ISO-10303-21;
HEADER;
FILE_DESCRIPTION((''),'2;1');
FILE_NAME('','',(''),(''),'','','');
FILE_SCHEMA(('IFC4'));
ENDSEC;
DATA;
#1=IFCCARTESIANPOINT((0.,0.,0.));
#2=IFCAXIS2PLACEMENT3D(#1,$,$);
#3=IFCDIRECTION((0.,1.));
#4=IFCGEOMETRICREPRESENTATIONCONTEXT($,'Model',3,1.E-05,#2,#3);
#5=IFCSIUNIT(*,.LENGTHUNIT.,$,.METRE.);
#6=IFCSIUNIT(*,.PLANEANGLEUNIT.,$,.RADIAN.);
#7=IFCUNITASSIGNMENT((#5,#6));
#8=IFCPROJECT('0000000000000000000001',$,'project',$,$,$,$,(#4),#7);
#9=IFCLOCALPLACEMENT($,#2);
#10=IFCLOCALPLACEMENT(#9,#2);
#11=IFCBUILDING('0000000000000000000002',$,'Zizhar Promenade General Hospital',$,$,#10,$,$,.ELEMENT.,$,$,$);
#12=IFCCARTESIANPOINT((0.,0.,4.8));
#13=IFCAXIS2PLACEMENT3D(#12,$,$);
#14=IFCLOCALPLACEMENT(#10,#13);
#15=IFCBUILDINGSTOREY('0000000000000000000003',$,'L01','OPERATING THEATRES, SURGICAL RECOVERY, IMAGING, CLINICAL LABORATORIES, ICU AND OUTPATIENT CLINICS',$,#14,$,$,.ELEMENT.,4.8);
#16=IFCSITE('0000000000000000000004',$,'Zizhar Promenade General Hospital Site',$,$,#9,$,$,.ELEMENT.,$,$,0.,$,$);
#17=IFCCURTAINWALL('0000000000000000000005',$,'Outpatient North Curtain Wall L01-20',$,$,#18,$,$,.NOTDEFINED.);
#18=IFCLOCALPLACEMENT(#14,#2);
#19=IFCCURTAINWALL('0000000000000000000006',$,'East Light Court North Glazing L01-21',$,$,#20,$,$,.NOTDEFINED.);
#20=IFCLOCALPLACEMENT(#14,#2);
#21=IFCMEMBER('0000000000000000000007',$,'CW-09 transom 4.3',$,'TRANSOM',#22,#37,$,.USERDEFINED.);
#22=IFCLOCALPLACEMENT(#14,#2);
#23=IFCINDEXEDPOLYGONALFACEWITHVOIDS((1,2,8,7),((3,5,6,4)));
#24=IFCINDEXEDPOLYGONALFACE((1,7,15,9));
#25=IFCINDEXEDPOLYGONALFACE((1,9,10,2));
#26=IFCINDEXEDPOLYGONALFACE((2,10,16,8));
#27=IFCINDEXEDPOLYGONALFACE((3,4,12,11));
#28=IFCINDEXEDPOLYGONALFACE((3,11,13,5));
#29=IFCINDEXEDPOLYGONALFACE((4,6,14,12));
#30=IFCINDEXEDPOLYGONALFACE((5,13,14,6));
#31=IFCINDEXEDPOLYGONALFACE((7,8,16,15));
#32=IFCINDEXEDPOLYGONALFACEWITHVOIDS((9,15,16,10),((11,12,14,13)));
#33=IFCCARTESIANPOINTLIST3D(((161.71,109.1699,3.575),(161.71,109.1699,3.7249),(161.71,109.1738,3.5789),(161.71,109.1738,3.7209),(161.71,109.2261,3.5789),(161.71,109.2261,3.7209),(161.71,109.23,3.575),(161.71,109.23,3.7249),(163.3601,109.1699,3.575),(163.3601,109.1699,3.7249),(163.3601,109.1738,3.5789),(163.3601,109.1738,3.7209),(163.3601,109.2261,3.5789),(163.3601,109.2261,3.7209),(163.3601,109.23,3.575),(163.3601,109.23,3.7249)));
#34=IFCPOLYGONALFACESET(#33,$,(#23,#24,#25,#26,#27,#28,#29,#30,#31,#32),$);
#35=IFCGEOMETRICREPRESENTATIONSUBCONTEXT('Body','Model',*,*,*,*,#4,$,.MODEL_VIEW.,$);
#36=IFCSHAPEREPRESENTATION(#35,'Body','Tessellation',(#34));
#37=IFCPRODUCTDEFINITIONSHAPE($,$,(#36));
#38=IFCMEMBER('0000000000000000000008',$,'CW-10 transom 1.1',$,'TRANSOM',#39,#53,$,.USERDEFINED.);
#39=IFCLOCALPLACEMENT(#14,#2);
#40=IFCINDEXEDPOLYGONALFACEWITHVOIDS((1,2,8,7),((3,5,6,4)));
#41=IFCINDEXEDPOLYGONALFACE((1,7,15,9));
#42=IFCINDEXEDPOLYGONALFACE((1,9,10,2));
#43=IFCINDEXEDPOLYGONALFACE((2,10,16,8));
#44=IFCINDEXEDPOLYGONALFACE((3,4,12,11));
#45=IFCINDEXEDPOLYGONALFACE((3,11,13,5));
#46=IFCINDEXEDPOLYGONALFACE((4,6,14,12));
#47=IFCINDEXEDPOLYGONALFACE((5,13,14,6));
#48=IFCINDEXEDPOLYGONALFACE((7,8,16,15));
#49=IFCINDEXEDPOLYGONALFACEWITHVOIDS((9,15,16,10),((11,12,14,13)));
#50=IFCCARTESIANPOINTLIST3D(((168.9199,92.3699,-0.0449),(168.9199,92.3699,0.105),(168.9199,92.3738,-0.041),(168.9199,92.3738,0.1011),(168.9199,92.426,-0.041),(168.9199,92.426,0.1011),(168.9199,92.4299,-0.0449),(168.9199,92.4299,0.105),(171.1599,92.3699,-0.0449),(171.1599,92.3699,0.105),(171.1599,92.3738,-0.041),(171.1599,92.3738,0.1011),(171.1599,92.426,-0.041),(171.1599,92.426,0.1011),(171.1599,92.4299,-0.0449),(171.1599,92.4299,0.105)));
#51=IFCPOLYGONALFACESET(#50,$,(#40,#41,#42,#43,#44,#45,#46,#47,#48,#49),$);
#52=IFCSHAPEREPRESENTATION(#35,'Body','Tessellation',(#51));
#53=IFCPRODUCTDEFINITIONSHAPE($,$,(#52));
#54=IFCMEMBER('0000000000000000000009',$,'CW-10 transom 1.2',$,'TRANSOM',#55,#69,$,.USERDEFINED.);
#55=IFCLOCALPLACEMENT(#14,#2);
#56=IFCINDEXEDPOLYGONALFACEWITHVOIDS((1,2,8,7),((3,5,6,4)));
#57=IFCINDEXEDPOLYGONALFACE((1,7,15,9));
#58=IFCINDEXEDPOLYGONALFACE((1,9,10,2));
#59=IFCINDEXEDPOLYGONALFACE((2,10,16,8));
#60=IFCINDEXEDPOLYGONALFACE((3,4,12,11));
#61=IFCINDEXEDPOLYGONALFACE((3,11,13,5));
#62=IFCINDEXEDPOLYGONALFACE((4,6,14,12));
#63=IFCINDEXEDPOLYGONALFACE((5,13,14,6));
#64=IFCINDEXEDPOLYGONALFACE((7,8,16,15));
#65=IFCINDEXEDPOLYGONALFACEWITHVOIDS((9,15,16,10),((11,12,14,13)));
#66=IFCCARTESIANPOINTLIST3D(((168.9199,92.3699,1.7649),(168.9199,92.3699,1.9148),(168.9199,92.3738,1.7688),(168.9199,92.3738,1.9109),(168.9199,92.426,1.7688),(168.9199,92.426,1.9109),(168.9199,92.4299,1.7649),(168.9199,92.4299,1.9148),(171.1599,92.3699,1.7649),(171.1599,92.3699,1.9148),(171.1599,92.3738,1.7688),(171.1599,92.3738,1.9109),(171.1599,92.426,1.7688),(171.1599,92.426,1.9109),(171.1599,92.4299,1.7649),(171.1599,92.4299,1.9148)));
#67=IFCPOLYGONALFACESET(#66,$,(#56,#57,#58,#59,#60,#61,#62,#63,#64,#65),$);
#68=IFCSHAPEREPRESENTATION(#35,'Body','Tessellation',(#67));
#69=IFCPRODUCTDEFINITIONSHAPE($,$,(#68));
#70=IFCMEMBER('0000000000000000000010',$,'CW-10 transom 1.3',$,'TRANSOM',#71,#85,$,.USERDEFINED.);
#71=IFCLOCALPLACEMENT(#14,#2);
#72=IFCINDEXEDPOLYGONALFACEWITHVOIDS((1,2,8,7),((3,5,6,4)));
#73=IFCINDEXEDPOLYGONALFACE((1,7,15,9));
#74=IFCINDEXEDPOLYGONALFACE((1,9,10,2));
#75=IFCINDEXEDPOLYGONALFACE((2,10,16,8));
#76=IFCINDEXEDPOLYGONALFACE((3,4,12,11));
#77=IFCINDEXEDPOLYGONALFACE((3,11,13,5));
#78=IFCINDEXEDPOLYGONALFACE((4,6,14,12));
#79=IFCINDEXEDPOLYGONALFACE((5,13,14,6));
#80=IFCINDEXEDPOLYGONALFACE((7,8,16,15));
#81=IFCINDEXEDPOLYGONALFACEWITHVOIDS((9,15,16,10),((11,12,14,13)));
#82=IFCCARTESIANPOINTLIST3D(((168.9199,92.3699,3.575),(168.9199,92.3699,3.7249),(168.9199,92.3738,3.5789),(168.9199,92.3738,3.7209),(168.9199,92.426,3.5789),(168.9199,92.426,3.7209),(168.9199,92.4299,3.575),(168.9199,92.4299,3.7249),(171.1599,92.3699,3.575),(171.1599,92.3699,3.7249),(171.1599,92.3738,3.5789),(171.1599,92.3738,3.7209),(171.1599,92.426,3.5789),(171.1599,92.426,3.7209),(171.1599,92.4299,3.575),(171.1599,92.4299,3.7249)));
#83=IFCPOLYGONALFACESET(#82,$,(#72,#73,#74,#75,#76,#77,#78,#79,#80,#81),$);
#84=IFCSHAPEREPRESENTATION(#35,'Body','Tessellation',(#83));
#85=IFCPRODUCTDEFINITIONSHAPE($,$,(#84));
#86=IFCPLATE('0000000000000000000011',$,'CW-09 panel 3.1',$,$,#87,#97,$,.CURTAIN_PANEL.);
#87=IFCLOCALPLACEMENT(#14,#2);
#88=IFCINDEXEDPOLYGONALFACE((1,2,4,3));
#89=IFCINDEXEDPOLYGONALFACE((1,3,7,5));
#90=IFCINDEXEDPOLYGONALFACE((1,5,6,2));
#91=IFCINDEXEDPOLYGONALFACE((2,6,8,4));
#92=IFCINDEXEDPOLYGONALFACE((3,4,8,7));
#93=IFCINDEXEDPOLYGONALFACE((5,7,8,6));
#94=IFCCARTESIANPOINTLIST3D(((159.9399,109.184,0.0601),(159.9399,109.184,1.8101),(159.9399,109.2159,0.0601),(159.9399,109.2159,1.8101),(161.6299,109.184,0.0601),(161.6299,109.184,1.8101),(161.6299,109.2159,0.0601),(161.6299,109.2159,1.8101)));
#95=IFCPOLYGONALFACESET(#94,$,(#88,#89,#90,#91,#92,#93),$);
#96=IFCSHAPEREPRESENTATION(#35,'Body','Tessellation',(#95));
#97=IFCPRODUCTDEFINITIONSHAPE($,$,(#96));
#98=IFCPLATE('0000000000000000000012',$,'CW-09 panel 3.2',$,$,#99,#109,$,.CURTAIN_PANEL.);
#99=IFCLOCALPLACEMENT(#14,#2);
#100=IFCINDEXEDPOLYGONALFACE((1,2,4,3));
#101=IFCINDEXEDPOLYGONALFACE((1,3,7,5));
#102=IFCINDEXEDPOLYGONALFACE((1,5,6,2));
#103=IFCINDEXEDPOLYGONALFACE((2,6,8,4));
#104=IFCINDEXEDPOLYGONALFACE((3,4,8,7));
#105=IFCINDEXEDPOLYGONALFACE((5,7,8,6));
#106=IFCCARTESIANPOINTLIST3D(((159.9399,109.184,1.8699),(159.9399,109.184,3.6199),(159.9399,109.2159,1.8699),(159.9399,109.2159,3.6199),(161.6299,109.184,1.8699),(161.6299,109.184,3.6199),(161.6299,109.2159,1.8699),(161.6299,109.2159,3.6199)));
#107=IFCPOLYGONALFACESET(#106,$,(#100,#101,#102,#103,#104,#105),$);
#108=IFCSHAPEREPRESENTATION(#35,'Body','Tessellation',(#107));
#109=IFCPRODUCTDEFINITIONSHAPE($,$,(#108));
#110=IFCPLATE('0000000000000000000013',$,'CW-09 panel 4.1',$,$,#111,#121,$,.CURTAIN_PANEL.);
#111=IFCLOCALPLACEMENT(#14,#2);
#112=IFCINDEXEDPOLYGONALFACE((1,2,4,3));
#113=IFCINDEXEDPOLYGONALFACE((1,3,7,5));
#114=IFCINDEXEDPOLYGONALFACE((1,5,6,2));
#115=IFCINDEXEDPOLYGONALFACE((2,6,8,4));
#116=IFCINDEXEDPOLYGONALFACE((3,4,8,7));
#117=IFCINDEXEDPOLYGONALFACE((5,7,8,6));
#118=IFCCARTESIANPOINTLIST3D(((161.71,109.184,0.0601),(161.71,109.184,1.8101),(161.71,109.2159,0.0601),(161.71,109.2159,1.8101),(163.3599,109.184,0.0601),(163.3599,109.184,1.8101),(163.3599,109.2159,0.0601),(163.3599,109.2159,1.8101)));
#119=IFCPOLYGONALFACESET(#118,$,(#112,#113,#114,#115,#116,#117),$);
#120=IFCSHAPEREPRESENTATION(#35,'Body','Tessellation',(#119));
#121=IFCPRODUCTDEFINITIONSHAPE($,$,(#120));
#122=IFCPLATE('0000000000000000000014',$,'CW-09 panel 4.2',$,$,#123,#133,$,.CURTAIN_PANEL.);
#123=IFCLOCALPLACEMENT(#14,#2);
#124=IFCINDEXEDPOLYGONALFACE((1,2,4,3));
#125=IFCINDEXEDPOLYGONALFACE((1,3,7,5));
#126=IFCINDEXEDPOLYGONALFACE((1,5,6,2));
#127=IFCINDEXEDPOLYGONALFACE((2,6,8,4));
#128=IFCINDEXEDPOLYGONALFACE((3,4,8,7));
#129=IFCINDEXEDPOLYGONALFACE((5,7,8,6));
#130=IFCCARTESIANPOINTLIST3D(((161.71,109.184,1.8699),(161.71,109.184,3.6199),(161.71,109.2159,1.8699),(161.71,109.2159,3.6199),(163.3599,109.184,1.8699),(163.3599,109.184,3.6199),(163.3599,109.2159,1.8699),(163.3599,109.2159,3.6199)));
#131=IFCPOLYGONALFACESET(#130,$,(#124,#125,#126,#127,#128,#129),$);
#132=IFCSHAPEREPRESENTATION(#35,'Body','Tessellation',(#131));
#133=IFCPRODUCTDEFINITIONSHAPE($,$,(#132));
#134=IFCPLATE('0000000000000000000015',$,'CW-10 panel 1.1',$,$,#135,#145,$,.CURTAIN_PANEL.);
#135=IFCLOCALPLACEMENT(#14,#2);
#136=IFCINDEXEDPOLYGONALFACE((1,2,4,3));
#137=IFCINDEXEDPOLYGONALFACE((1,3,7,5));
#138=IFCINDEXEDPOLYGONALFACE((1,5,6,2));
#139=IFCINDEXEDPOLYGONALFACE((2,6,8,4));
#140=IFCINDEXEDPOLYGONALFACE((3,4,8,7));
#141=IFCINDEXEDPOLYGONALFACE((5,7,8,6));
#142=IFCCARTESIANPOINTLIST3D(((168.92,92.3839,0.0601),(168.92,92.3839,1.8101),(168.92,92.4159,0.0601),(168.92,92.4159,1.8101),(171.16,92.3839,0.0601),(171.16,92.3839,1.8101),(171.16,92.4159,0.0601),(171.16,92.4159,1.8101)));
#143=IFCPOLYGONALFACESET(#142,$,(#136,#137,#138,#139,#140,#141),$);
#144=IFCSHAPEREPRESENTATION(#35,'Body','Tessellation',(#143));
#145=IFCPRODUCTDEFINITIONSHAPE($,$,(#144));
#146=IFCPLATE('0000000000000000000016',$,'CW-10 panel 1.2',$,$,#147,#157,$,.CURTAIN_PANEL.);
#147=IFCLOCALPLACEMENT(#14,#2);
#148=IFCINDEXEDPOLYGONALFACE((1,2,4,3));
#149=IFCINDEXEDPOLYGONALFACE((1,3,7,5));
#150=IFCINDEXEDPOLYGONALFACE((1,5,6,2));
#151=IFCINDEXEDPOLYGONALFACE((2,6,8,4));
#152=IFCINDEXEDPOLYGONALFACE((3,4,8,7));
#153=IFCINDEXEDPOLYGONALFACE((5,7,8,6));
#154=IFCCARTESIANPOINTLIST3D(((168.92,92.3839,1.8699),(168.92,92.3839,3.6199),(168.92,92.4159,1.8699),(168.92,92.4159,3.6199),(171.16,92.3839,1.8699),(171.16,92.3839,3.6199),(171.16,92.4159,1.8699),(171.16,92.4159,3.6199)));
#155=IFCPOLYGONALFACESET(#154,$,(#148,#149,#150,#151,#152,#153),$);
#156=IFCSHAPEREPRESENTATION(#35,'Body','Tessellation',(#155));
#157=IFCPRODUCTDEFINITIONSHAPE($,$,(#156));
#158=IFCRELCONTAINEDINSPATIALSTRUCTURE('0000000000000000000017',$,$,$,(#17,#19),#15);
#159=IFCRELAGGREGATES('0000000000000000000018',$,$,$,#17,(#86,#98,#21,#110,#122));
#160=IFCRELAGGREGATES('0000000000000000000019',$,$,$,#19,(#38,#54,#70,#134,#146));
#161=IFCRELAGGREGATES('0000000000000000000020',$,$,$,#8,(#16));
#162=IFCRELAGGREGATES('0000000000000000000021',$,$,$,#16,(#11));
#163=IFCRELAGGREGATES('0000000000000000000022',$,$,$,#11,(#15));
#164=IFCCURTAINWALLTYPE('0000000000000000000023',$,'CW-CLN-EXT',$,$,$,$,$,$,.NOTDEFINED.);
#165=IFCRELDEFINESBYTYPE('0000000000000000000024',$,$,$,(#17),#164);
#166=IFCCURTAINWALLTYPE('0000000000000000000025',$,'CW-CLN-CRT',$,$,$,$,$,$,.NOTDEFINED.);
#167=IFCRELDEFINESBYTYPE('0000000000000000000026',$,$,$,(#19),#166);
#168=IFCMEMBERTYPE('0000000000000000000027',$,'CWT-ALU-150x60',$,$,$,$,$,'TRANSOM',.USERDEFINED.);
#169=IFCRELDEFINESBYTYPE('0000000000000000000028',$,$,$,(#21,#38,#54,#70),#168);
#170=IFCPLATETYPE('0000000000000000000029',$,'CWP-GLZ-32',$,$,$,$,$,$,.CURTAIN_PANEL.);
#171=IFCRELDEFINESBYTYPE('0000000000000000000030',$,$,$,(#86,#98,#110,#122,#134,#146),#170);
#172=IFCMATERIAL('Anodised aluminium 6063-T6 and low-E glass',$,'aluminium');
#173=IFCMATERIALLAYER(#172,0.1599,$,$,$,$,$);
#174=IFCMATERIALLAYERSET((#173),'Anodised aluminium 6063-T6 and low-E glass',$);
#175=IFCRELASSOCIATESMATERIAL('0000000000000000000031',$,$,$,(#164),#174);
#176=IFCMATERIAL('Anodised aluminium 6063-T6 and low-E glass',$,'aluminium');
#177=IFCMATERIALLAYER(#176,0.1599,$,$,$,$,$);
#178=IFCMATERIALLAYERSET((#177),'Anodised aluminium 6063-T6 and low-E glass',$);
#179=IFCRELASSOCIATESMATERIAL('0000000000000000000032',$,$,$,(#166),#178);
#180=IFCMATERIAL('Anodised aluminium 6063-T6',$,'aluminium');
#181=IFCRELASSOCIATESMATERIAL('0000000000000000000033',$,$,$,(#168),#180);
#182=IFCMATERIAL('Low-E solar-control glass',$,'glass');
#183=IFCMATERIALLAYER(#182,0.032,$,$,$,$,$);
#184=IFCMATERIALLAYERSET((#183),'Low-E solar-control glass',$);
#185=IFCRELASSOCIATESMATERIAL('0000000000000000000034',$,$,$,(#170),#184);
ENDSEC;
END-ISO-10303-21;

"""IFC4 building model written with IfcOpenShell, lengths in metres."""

from ifc_helpers import new_model, si_unit, direction, frame, origin, origin_2d, place, context, subcontext, project, spatial, rectangle, hollow_rectangle, extrude, material, layer, layer_set, material_profile, profile_set, type_object, element, aggregate, save


model = new_model("IFC4")

# Units and contexts
model_context = context("Model", 3, precision=1e-05, world=origin(), true_north=direction((0.0, 1.0)))
body_context = subcontext(model_context, "Body", "Model", "MODEL_VIEW")
ifc_project = project(units=[si_unit("LENGTHUNIT", "METRE"), si_unit("PLANEANGLEUNIT", "RADIAN")], contexts=[model_context])

# Site, building, storey
site_placement = place(None, origin())
site = spatial("IfcSite", under=ifc_project, at=site_placement, Name="Zizhar Promenade General Hospital Site", CompositionType="ELEMENT", RefElevation=0.0)
building_placement = place(site_placement, origin())
building = spatial("IfcBuilding", under=site, at=building_placement, Name="Zizhar Promenade General Hospital", CompositionType="ELEMENT")
storey_placement = place(building_placement, frame((0.0, 0.0, 4.8)))
storey = spatial("IfcBuildingStorey", under=building, at=storey_placement, Name="L01", Description="OPERATING THEATRES, SURGICAL RECOVERY, IMAGING, CLINICAL LABORATORIES, ICU AND OUTPATIENT CLINICS", CompositionType="ELEMENT", Elevation=4.8)

# Curtain wall
ifc_material_1 = material(Name="Anodised aluminium 6063-T6 and low-E glass", Category="aluminium")
ifc_layer_1 = layer(ifc_material_1, 0.1599)
ifc_layer_set_1 = layer_set([ifc_layer_1], Name="Anodised aluminium 6063-T6 and low-E glass")
curtain_wall_type_1 = type_object("IfcCurtainWallType", Name="CW-CLN-EXT", PredefinedType="NOTDEFINED", material=ifc_layer_set_1)
curtain_wall_1_placement = place(storey_placement, origin())
curtain_wall_1 = element("IfcCurtainWall", 1, at=curtain_wall_1_placement, inside=storey, type_object=curtain_wall_type_1, Name="Outpatient North Curtain Wall L01-20", PredefinedType="NOTDEFINED")

# Curtain wall
ifc_material_2 = material(Name="Anodised aluminium 6063-T6 and low-E glass", Category="aluminium")
ifc_layer_2 = layer(ifc_material_2, 0.1599)
ifc_layer_set_2 = layer_set([ifc_layer_2], Name="Anodised aluminium 6063-T6 and low-E glass")
curtain_wall_type_2 = type_object("IfcCurtainWallType", Name="CW-CLN-CRT", PredefinedType="NOTDEFINED", material=ifc_layer_set_2)
curtain_wall_2_placement = place(storey_placement, origin())
curtain_wall_2 = element("IfcCurtainWall", 2, at=curtain_wall_2_placement, inside=storey, type_object=curtain_wall_type_2, Name="East Light Court North Glazing L01-21", PredefinedType="NOTDEFINED")

# Members
ifc_material_3 = material(Name="Anodised aluminium 6063-T6", Category="aluminium")
ifc_material_profile_1 = material_profile(ifc_material_3, hollow_rectangle(XDim=0.0601, YDim=0.1499, WallThickness=0.0039, at=origin_2d()))
ifc_profile_set_1 = profile_set([ifc_material_profile_1], Name="Anodised aluminium 6063-T6")
member_type_1 = type_object("IfcMemberType", Name="CWT-ALU-150x60", ElementType="TRANSOM", PredefinedType="USERDEFINED", material=ifc_profile_set_1)
member_1_placement = place(storey_placement, frame((161.71, 109.2, 3.6499), z_axis=(1.0, 0.0, 0.0), x_axis=(0.0, 1.0, 0.0)))
member_1 = element("IfcMember", 3, at=member_1_placement, type_object=member_type_1, Name="CW-09 transom 4.3", ObjectType="TRANSOM", PredefinedType="USERDEFINED", context=body_context, shape_type="SweptSolid", body=[
    extrude(hollow_rectangle(XDim=0.0601, YDim=0.1499, WallThickness=0.0039, at=origin_2d()), origin(), (0.0, 0.0, 1.0), 1.6501),
])
member_2_placement = place(storey_placement, frame((171.1599, 92.3999, 0.03), z_axis=(-1.0, 0.0, 0.0), x_axis=(0.0, -1.0, 0.0)))
member_2 = element("IfcMember", 4, at=member_2_placement, type_object=member_type_1, Name="CW-10 transom 1.1", ObjectType="TRANSOM", PredefinedType="USERDEFINED", context=body_context, shape_type="SweptSolid", body=[
    extrude(hollow_rectangle(XDim=0.0601, YDim=0.1499, WallThickness=0.0039, at=origin_2d()), origin(), (0.0, 0.0, 1.0), 2.24),
])
member_3_placement = place(storey_placement, frame((171.1599, 92.3999, 1.8398), z_axis=(-1.0, 0.0, 0.0), x_axis=(0.0, -1.0, 0.0)))
member_3 = element("IfcMember", 5, at=member_3_placement, type_object=member_type_1, Name="CW-10 transom 1.2", ObjectType="TRANSOM", PredefinedType="USERDEFINED", context=body_context, shape_type="SweptSolid", body=[
    extrude(hollow_rectangle(XDim=0.0601, YDim=0.1499, WallThickness=0.0039, at=origin_2d()), origin(), (0.0, 0.0, 1.0), 2.24),
])
member_4_placement = place(storey_placement, frame((171.1599, 92.3999, 3.6499), z_axis=(-1.0, 0.0, 0.0), x_axis=(0.0, -1.0, 0.0)))
member_4 = element("IfcMember", 6, at=member_4_placement, type_object=member_type_1, Name="CW-10 transom 1.3", ObjectType="TRANSOM", PredefinedType="USERDEFINED", context=body_context, shape_type="SweptSolid", body=[
    extrude(hollow_rectangle(XDim=0.0601, YDim=0.1499, WallThickness=0.0039, at=origin_2d()), origin(), (0.0, 0.0, 1.0), 2.24),
])

# Plates
ifc_material_4 = material(Name="Low-E solar-control glass", Category="glass")
ifc_layer_3 = layer(ifc_material_4, 0.032)
ifc_layer_set_3 = layer_set([ifc_layer_3], Name="Low-E solar-control glass")
plate_type = type_object("IfcPlateType", Name="CWP-GLZ-32", PredefinedType="CURTAIN_PANEL", material=ifc_layer_set_3)
plate_1_placement = place(storey_placement, frame((160.7849, 109.2, 0.0601), z_axis=(0.0, 0.0, 1.0), x_axis=(1.0, 0.0, 0.0)))
plate_1 = element("IfcPlate", 7, at=plate_1_placement, type_object=plate_type, Name="CW-09 panel 3.1", PredefinedType="CURTAIN_PANEL", context=body_context, shape_type="SweptSolid", body=[
    extrude(rectangle(XDim=1.6899, YDim=0.032, at=origin_2d()), origin(), (0.0, 0.0, 1.0), 1.75),
])
plate_2_placement = place(storey_placement, frame((160.7849, 109.2, 1.8699), z_axis=(0.0, 0.0, 1.0), x_axis=(1.0, 0.0, 0.0)))
plate_2 = element("IfcPlate", 8, at=plate_2_placement, type_object=plate_type, Name="CW-09 panel 3.2", PredefinedType="CURTAIN_PANEL", context=body_context, shape_type="SweptSolid", body=[
    extrude(rectangle(XDim=1.6899, YDim=0.032, at=origin_2d()), origin(), (0.0, 0.0, 1.0), 1.75),
])
plate_3_placement = place(storey_placement, frame((162.5349, 109.2, 0.0601), z_axis=(0.0, 0.0, 1.0), x_axis=(1.0, 0.0, 0.0)))
plate_3 = element("IfcPlate", 9, at=plate_3_placement, type_object=plate_type, Name="CW-09 panel 4.1", PredefinedType="CURTAIN_PANEL", context=body_context, shape_type="SweptSolid", body=[
    extrude(rectangle(XDim=1.6499, YDim=0.032, at=origin_2d()), origin(), (0.0, 0.0, 1.0), 1.75),
])
plate_4_placement = place(storey_placement, frame((162.5349, 109.2, 1.8699), z_axis=(0.0, 0.0, 1.0), x_axis=(1.0, 0.0, 0.0)))
plate_4 = element("IfcPlate", 10, at=plate_4_placement, type_object=plate_type, Name="CW-09 panel 4.2", PredefinedType="CURTAIN_PANEL", context=body_context, shape_type="SweptSolid", body=[
    extrude(rectangle(XDim=1.6499, YDim=0.032, at=origin_2d()), origin(), (0.0, 0.0, 1.0), 1.75),
])
aggregate(curtain_wall_1, [plate_1, plate_2, member_1, plate_3, plate_4])
plate_5_placement = place(storey_placement, frame((170.04, 92.3999, 0.0601), z_axis=(0.0, 0.0, 1.0), x_axis=(-1.0, 0.0, 0.0)))
plate_5 = element("IfcPlate", 11, at=plate_5_placement, type_object=plate_type, Name="CW-10 panel 1.1", PredefinedType="CURTAIN_PANEL", context=body_context, shape_type="SweptSolid", body=[
    extrude(rectangle(XDim=2.24, YDim=0.032, at=origin_2d()), origin(), (0.0, 0.0, 1.0), 1.75),
])
plate_6_placement = place(storey_placement, frame((170.04, 92.3999, 1.8699), z_axis=(0.0, 0.0, 1.0), x_axis=(-1.0, 0.0, 0.0)))
plate_6 = element("IfcPlate", 12, at=plate_6_placement, type_object=plate_type, Name="CW-10 panel 1.2", PredefinedType="CURTAIN_PANEL", context=body_context, shape_type="SweptSolid", body=[
    extrude(rectangle(XDim=2.24, YDim=0.032, at=origin_2d()), origin(), (0.0, 0.0, 1.0), 1.75),
])
aggregate(curtain_wall_2, [member_2, member_3, member_4, plate_5, plate_6])

save(model, "model.ifc")
